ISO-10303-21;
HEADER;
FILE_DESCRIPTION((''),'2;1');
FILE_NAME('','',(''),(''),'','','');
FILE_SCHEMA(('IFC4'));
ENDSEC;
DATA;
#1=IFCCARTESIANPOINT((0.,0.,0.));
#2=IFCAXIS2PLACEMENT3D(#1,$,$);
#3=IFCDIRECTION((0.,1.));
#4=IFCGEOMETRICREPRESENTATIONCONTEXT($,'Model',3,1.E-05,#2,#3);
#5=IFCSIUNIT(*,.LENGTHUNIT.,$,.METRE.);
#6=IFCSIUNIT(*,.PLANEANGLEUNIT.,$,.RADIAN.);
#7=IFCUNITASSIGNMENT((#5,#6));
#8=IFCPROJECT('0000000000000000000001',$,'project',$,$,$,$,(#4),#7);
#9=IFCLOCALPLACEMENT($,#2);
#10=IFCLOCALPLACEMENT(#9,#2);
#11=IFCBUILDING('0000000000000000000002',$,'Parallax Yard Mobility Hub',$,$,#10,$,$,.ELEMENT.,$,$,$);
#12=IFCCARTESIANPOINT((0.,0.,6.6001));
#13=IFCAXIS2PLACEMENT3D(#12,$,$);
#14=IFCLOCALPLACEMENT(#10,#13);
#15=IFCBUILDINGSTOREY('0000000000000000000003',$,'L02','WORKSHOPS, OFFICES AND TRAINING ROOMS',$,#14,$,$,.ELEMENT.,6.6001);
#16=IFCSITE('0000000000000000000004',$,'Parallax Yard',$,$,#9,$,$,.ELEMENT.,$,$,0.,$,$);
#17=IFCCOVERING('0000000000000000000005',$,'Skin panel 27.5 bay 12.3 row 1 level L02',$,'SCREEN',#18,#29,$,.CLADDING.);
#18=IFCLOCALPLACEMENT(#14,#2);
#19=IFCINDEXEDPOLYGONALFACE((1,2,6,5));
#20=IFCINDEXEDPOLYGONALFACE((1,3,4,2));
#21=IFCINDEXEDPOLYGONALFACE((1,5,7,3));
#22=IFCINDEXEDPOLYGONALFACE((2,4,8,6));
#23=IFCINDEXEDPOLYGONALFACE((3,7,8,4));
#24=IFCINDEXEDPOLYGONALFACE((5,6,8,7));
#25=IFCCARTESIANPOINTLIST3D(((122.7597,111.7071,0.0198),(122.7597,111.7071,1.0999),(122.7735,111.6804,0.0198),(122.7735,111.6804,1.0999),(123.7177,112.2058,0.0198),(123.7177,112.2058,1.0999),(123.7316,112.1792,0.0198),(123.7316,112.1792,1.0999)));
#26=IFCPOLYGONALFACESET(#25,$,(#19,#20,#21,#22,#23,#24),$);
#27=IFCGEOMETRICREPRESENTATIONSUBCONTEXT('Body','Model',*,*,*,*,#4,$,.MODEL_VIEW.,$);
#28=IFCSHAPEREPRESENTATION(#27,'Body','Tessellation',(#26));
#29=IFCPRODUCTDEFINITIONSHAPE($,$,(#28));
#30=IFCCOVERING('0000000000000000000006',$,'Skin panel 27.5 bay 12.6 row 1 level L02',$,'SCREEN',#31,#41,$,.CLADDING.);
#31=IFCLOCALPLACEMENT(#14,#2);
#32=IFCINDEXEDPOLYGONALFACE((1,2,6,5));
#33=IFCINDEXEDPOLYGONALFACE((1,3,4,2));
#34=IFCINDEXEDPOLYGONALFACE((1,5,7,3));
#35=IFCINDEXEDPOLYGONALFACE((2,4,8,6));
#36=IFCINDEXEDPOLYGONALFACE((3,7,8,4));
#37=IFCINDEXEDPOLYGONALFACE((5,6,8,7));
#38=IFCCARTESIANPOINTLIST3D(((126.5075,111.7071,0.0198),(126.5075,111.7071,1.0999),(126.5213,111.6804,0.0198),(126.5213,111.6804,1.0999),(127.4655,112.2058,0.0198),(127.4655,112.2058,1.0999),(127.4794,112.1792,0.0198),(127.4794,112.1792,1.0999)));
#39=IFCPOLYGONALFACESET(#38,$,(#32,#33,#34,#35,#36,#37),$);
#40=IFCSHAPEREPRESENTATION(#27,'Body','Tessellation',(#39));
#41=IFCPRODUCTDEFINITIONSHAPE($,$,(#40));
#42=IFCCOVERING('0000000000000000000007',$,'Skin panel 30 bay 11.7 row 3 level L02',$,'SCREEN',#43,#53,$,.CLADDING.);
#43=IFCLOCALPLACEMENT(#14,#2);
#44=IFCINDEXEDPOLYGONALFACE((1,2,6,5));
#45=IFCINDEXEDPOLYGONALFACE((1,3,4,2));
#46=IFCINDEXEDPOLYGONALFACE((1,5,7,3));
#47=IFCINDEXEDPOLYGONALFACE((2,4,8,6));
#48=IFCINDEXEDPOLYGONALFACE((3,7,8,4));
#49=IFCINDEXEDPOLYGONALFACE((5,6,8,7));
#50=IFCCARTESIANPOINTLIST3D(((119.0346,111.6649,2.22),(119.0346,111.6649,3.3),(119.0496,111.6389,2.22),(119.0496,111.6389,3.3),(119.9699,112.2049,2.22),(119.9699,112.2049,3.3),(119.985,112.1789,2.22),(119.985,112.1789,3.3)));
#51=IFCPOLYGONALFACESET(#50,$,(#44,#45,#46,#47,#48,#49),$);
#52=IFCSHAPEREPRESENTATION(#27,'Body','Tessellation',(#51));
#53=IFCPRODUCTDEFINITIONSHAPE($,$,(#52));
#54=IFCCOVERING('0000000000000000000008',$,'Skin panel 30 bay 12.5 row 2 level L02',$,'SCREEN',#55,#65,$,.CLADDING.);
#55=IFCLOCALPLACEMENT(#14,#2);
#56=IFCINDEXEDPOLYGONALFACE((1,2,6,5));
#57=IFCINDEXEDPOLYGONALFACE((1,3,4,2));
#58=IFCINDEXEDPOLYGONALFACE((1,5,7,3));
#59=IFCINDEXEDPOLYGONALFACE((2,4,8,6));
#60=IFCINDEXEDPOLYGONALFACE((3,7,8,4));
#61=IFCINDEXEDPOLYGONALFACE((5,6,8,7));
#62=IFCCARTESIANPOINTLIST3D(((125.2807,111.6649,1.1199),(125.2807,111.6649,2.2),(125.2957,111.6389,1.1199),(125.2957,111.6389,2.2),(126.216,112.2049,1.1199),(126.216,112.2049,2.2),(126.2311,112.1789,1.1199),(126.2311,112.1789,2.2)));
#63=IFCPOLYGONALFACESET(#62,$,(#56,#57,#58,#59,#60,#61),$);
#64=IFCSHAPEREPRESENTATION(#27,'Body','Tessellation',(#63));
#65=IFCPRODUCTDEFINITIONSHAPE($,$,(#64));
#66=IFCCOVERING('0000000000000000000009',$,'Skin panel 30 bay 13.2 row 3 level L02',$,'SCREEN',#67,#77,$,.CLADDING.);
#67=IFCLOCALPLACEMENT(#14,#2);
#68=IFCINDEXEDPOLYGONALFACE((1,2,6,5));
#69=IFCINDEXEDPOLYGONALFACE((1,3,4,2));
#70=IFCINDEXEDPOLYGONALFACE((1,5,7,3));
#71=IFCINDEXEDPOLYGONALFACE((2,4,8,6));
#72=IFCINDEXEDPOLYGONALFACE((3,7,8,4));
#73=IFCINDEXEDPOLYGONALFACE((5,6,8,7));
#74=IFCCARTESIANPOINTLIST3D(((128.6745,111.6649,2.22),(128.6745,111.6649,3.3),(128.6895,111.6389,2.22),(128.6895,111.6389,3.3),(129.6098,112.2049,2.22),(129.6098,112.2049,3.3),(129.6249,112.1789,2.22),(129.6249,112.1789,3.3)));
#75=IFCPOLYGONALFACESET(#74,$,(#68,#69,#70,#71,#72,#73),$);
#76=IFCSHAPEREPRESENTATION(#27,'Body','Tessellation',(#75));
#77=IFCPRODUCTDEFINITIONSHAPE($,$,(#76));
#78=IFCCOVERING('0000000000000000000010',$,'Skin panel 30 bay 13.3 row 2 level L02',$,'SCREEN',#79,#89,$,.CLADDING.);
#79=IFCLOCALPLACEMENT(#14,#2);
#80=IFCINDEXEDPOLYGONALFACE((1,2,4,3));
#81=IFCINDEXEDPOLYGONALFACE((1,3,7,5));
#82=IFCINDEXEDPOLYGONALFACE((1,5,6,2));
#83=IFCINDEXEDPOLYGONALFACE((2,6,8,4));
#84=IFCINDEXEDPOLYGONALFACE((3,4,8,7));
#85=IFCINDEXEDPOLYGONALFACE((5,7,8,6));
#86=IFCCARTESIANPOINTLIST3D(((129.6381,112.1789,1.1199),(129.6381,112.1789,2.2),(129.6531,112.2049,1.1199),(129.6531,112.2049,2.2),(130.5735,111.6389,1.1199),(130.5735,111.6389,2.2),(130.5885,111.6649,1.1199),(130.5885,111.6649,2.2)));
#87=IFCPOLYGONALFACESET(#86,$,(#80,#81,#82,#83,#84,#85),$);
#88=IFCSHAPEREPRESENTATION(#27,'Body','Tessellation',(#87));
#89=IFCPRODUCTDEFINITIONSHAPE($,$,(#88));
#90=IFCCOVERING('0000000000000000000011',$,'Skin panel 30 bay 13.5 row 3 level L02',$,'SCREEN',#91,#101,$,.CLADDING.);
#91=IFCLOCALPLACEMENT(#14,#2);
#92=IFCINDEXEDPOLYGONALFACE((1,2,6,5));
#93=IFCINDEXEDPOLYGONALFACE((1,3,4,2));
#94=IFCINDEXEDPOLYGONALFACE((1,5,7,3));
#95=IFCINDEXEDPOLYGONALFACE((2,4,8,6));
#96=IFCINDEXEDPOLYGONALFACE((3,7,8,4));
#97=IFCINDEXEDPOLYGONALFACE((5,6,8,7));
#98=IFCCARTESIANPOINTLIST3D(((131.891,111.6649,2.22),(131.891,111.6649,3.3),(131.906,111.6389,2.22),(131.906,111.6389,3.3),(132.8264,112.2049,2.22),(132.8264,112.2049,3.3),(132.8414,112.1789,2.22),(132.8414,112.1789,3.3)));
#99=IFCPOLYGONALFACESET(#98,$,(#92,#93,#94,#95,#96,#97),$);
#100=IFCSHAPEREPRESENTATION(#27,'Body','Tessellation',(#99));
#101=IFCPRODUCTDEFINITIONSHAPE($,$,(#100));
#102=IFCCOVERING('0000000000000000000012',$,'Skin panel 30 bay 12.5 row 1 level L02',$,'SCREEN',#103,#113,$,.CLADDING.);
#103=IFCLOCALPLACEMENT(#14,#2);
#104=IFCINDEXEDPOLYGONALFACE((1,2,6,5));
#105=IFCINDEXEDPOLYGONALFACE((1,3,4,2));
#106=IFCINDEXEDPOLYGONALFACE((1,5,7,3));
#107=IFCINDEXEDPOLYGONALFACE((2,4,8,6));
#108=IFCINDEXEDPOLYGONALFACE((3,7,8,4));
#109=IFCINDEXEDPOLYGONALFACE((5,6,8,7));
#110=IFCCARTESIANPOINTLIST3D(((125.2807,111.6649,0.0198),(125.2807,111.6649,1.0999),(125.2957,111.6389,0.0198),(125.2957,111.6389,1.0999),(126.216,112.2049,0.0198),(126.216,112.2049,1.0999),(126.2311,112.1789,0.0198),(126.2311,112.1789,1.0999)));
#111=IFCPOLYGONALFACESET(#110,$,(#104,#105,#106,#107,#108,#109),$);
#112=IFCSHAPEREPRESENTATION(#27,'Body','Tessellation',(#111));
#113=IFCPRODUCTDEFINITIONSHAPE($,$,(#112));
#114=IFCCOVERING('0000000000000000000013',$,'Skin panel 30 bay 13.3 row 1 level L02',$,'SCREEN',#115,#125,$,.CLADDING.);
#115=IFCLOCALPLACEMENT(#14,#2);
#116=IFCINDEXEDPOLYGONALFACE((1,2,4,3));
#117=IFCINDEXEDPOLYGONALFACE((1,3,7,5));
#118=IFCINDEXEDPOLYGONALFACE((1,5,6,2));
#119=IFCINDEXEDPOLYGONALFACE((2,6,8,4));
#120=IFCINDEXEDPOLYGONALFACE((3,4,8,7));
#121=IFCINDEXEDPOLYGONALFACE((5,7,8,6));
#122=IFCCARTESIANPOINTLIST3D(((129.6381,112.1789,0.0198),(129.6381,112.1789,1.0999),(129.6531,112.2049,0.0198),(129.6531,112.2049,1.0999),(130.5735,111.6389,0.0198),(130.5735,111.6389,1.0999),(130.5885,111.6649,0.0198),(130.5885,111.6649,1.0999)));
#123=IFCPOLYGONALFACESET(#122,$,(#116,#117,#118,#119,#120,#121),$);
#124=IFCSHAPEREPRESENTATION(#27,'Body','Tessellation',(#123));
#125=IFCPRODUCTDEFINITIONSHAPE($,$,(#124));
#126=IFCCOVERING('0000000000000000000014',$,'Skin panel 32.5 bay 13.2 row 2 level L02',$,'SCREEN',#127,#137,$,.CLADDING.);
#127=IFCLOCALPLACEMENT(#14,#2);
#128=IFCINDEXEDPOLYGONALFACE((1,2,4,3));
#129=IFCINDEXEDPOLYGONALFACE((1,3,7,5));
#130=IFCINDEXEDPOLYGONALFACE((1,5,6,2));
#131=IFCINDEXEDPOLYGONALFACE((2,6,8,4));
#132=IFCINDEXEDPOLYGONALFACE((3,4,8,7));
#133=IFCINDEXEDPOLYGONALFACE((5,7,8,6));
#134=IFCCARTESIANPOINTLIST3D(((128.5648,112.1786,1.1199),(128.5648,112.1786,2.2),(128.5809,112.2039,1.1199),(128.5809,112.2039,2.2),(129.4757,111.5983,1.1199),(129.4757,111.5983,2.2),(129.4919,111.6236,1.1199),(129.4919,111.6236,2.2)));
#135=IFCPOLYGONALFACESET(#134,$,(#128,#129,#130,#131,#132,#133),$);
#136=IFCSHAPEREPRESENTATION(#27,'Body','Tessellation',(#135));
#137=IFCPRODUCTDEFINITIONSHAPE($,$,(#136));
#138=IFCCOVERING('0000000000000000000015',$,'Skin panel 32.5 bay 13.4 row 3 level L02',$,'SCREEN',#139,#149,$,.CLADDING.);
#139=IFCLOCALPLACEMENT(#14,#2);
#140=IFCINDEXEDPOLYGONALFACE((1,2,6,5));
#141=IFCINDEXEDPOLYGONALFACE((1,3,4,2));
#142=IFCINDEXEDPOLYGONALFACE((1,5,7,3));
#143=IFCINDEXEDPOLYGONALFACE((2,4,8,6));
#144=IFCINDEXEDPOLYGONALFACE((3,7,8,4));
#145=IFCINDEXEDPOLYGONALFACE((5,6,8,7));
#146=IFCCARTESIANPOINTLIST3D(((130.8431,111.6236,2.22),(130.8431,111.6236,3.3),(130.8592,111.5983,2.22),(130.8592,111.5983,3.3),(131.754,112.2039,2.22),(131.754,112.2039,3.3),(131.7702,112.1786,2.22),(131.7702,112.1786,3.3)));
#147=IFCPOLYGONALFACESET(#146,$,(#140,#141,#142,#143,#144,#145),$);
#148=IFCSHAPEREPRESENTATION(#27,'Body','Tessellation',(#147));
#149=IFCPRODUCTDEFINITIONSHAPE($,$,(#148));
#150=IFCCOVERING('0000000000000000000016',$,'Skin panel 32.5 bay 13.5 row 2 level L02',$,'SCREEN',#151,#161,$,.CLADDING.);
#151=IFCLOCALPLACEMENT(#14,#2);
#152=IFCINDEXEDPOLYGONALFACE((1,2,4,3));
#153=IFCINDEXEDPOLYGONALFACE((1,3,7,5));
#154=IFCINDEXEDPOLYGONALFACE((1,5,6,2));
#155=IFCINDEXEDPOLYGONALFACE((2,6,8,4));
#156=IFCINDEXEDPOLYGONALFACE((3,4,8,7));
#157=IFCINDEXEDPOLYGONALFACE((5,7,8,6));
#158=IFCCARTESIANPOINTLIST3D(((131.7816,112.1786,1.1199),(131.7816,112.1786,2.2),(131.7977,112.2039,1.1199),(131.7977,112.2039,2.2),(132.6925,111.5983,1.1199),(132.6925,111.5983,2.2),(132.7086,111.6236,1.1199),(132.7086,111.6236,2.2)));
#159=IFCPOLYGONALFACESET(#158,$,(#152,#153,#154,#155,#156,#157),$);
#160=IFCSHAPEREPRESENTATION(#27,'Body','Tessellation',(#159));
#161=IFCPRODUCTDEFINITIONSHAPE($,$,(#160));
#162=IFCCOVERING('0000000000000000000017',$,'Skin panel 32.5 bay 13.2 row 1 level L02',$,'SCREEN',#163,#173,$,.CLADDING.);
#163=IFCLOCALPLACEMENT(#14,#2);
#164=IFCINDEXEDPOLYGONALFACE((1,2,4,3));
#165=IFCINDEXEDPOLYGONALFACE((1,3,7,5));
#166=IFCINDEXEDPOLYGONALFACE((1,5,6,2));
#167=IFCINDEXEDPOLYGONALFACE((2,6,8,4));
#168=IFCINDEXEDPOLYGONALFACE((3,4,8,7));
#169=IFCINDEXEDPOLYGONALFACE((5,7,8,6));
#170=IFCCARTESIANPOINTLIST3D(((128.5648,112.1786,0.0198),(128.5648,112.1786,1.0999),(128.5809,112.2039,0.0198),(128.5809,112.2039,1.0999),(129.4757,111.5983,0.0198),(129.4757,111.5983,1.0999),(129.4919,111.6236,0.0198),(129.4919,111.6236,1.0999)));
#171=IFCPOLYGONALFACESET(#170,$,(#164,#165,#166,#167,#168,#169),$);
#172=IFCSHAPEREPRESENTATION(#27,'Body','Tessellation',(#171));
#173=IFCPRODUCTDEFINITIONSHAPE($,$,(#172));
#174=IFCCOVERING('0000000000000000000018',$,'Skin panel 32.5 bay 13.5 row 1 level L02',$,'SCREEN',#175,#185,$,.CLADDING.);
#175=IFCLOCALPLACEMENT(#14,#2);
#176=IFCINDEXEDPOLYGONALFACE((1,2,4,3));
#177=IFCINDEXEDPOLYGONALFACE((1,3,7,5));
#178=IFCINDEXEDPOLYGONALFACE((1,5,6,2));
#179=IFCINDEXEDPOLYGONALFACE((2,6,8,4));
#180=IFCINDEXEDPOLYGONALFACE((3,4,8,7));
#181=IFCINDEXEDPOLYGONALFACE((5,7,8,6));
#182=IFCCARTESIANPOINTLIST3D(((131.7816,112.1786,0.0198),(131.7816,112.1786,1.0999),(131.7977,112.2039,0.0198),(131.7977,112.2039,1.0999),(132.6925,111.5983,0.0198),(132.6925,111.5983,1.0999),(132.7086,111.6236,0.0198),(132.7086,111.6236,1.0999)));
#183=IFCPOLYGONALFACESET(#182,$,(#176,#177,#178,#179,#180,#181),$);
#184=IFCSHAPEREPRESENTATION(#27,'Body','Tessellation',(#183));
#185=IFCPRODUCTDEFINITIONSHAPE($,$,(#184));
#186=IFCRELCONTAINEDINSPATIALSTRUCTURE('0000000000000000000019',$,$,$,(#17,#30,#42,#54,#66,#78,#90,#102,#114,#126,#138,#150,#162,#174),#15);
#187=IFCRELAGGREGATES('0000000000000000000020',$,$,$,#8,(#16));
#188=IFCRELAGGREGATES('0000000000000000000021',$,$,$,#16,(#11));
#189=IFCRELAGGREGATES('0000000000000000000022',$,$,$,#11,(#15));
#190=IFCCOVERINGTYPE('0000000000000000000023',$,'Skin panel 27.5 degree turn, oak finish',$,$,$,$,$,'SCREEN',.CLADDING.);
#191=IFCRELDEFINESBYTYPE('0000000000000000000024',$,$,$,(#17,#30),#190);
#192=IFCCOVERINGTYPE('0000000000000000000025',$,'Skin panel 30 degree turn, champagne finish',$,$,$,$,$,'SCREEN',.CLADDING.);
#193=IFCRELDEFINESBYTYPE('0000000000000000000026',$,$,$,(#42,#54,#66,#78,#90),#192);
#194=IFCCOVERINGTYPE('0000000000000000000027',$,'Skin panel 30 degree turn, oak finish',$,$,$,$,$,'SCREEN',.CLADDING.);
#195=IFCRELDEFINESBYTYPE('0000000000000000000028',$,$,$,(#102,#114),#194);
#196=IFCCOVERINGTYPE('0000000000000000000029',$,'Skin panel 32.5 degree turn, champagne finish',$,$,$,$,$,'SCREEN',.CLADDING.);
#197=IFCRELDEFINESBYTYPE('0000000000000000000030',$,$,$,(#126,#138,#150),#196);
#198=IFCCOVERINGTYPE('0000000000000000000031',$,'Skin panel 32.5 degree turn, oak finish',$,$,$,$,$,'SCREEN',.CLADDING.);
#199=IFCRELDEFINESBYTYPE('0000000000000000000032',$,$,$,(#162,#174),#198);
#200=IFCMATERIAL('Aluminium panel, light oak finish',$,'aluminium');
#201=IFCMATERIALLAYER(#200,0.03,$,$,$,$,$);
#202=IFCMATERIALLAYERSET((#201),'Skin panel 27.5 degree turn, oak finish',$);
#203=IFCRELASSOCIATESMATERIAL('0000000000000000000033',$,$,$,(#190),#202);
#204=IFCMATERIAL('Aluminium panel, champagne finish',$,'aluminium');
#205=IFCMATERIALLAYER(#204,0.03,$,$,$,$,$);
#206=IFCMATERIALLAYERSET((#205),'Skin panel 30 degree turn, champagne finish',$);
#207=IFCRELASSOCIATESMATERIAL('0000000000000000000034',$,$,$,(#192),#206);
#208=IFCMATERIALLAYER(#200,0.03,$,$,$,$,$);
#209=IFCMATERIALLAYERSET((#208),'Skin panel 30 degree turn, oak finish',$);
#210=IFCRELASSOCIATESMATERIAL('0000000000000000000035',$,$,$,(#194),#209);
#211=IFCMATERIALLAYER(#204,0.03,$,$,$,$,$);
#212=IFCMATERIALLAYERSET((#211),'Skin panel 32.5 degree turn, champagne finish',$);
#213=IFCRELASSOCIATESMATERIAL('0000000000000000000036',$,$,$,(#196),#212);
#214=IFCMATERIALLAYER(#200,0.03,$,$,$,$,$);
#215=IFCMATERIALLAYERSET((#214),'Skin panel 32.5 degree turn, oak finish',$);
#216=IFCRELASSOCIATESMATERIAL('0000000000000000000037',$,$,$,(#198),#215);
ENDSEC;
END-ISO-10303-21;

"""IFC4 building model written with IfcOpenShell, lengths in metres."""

from ifc_helpers import new_model, si_unit, direction, frame, origin, origin_2d, place, context, subcontext, project, spatial, rectangle, extrude, material, layer, layer_set, type_object, element, save


model = new_model("IFC4")

# Units and contexts
model_context = context("Model", 3, precision=1e-05, world=origin(), true_north=direction((0.0, 1.0)))
body_context = subcontext(model_context, "Body", "Model", "MODEL_VIEW")
ifc_project = project(units=[si_unit("LENGTHUNIT", "METRE"), si_unit("PLANEANGLEUNIT", "RADIAN")], contexts=[model_context])

# Site, building, storey
site_placement = place(None, origin())
site = spatial("IfcSite", under=ifc_project, at=site_placement, Name="Parallax Yard", CompositionType="ELEMENT", RefElevation=0.0)
building_placement = place(site_placement, origin())
building = spatial("IfcBuilding", under=site, at=building_placement, Name="Parallax Yard Mobility Hub", CompositionType="ELEMENT")
storey_placement = place(building_placement, frame((0.0, 0.0, 6.6001)))
storey = spatial("IfcBuildingStorey", under=building, at=storey_placement, Name="L02", Description="WORKSHOPS, OFFICES AND TRAINING ROOMS", CompositionType="ELEMENT", Elevation=6.6001)

# Coverings
ifc_material_1 = material(Name="Aluminium panel, champagne finish", Category="aluminium")
ifc_material_2 = material(Name="Aluminium panel, light oak finish", Category="aluminium")
ifc_layer_1 = layer(ifc_material_2, 0.03)
ifc_layer_set_1 = layer_set([ifc_layer_1], Name="Skin panel 27.5 degree turn, oak finish")
covering_type_1 = type_object("IfcCoveringType", Name="Skin panel 27.5 degree turn, oak finish", ElementType="SCREEN", PredefinedType="CLADDING", material=ifc_layer_set_1)
for number, where, z_axis, x_axis, name in (
    (1, (123.2456, 111.9431, 0.0198), (0.0, 0.0, 1.0), (-0.887011, -0.461749, 0.0), "Skin panel 27.5 bay 12.3 row 1 level L02"),
    (2, (126.9934, 111.9431, 0.0198), (0.0, 0.0, 1.0), (-0.887011, -0.461749, 0.0), "Skin panel 27.5 bay 12.6 row 1 level L02"),
):
    element("IfcCovering", number, at=place(storey_placement, frame(where, z_axis=z_axis, x_axis=x_axis)), inside=storey, type_object=covering_type_1, Name=name, ObjectType="SCREEN", PredefinedType="CLADDING", context=body_context, shape_type="SweptSolid", body=[
        extrude(rectangle(XDim=1.0801, YDim=0.03, at=origin_2d()), origin(), (0.0, 0.0, 1.0), 1.0801),
    ])
ifc_layer_2 = layer(ifc_material_1, 0.03)
ifc_layer_set_2 = layer_set([ifc_layer_2], Name="Skin panel 30 degree turn, champagne finish")
covering_type_2 = type_object("IfcCoveringType", Name="Skin panel 30 degree turn, champagne finish", ElementType="SCREEN", PredefinedType="CLADDING", material=ifc_layer_set_2)
for number, where, z_axis, x_axis, name in (
    (3, (119.5098, 111.9219, 2.22), (0.0, 0.0, 1.0), (-0.866025, -0.5, 0.0), "Skin panel 30 bay 11.7 row 3 level L02"),
    (4, (125.7559, 111.9219, 1.1199), (0.0, 0.0, 1.0), (-0.866025, -0.5, 0.0), "Skin panel 30 bay 12.5 row 2 level L02"),
    (5, (129.1497, 111.9219, 2.22), (0.0, 0.0, 1.0), (-0.866025, -0.5, 0.0), "Skin panel 30 bay 13.2 row 3 level L02"),
    (6, (130.1133, 111.9219, 1.1199), (0.0, 0.0, 1.0), (0.866025, -0.5, 0.0), "Skin panel 30 bay 13.3 row 2 level L02"),
    (7, (132.3662, 111.9219, 2.22), (0.0, 0.0, 1.0), (-0.866025, -0.5, 0.0), "Skin panel 30 bay 13.5 row 3 level L02"),
):
    element("IfcCovering", number, at=place(storey_placement, frame(where, z_axis=z_axis, x_axis=x_axis)), inside=storey, type_object=covering_type_2, Name=name, ObjectType="SCREEN", PredefinedType="CLADDING", context=body_context, shape_type="SweptSolid", body=[
        extrude(rectangle(XDim=1.0801, YDim=0.03, at=origin_2d()), origin(), (0.0, 0.0, 1.0), 1.0801),
    ])
ifc_layer_3 = layer(ifc_material_2, 0.03)
ifc_layer_set_3 = layer_set([ifc_layer_3], Name="Skin panel 30 degree turn, oak finish")
covering_type_3 = type_object("IfcCoveringType", Name="Skin panel 30 degree turn, oak finish", ElementType="SCREEN", PredefinedType="CLADDING", material=ifc_layer_set_3)
for number, where, z_axis, x_axis, name in (
    (8, (125.7559, 111.9219, 0.0198), (0.0, 0.0, 1.0), (-0.866025, -0.5, 0.0), "Skin panel 30 bay 12.5 row 1 level L02"),
    (9, (130.1133, 111.9219, 0.0198), (0.0, 0.0, 1.0), (0.866025, -0.5, 0.0), "Skin panel 30 bay 13.3 row 1 level L02"),
):
    element("IfcCovering", number, at=place(storey_placement, frame(where, z_axis=z_axis, x_axis=x_axis)), inside=storey, type_object=covering_type_3, Name=name, ObjectType="SCREEN", PredefinedType="CLADDING", context=body_context, shape_type="SweptSolid", body=[
        extrude(rectangle(XDim=1.0801, YDim=0.03, at=origin_2d()), origin(), (0.0, 0.0, 1.0), 1.0801),
    ])
ifc_layer_4 = layer(ifc_material_1, 0.03)
ifc_layer_set_4 = layer_set([ifc_layer_4], Name="Skin panel 32.5 degree turn, champagne finish")
covering_type_4 = type_object("IfcCoveringType", Name="Skin panel 32.5 degree turn, champagne finish", ElementType="SCREEN", PredefinedType="CLADDING", material=ifc_layer_set_4)
for number, where, z_axis, x_axis, name in (
    (10, (129.0283, 111.9011, 1.1199), (0.0, 0.0, 1.0), (0.843391, -0.5373, 0.0), "Skin panel 32.5 bay 13.2 row 2 level L02"),
    (11, (131.3066, 111.9011, 2.22), (0.0, 0.0, 1.0), (-0.843391, -0.5373, 0.0), "Skin panel 32.5 bay 13.4 row 3 level L02"),
    (12, (132.2451, 111.9011, 1.1199), (0.0, 0.0, 1.0), (0.843391, -0.5373, 0.0), "Skin panel 32.5 bay 13.5 row 2 level L02"),
):
    element("IfcCovering", number, at=place(storey_placement, frame(where, z_axis=z_axis, x_axis=x_axis)), inside=storey, type_object=covering_type_4, Name=name, ObjectType="SCREEN", PredefinedType="CLADDING", context=body_context, shape_type="SweptSolid", body=[
        extrude(rectangle(XDim=1.0801, YDim=0.03, at=origin_2d()), origin(), (0.0, 0.0, 1.0), 1.0801),
    ])
ifc_layer_5 = layer(ifc_material_2, 0.03)
ifc_layer_set_5 = layer_set([ifc_layer_5], Name="Skin panel 32.5 degree turn, oak finish")
covering_type_5 = type_object("IfcCoveringType", Name="Skin panel 32.5 degree turn, oak finish", ElementType="SCREEN", PredefinedType="CLADDING", material=ifc_layer_set_5)
for number, where, z_axis, x_axis, name in (
    (13, (129.0283, 111.9011, 0.0198), (0.0, 0.0, 1.0), (0.843391, -0.5373, 0.0), "Skin panel 32.5 bay 13.2 row 1 level L02"),
    (14, (132.2451, 111.9011, 0.0198), (0.0, 0.0, 1.0), (0.843391, -0.5373, 0.0), "Skin panel 32.5 bay 13.5 row 1 level L02"),
):
    element("IfcCovering", number, at=place(storey_placement, frame(where, z_axis=z_axis, x_axis=x_axis)), inside=storey, type_object=covering_type_5, Name=name, ObjectType="SCREEN", PredefinedType="CLADDING", context=body_context, shape_type="SweptSolid", body=[
        extrude(rectangle(XDim=1.0801, YDim=0.03, at=origin_2d()), origin(), (0.0, 0.0, 1.0), 1.0801),
    ])

save(model, "model.ifc")
